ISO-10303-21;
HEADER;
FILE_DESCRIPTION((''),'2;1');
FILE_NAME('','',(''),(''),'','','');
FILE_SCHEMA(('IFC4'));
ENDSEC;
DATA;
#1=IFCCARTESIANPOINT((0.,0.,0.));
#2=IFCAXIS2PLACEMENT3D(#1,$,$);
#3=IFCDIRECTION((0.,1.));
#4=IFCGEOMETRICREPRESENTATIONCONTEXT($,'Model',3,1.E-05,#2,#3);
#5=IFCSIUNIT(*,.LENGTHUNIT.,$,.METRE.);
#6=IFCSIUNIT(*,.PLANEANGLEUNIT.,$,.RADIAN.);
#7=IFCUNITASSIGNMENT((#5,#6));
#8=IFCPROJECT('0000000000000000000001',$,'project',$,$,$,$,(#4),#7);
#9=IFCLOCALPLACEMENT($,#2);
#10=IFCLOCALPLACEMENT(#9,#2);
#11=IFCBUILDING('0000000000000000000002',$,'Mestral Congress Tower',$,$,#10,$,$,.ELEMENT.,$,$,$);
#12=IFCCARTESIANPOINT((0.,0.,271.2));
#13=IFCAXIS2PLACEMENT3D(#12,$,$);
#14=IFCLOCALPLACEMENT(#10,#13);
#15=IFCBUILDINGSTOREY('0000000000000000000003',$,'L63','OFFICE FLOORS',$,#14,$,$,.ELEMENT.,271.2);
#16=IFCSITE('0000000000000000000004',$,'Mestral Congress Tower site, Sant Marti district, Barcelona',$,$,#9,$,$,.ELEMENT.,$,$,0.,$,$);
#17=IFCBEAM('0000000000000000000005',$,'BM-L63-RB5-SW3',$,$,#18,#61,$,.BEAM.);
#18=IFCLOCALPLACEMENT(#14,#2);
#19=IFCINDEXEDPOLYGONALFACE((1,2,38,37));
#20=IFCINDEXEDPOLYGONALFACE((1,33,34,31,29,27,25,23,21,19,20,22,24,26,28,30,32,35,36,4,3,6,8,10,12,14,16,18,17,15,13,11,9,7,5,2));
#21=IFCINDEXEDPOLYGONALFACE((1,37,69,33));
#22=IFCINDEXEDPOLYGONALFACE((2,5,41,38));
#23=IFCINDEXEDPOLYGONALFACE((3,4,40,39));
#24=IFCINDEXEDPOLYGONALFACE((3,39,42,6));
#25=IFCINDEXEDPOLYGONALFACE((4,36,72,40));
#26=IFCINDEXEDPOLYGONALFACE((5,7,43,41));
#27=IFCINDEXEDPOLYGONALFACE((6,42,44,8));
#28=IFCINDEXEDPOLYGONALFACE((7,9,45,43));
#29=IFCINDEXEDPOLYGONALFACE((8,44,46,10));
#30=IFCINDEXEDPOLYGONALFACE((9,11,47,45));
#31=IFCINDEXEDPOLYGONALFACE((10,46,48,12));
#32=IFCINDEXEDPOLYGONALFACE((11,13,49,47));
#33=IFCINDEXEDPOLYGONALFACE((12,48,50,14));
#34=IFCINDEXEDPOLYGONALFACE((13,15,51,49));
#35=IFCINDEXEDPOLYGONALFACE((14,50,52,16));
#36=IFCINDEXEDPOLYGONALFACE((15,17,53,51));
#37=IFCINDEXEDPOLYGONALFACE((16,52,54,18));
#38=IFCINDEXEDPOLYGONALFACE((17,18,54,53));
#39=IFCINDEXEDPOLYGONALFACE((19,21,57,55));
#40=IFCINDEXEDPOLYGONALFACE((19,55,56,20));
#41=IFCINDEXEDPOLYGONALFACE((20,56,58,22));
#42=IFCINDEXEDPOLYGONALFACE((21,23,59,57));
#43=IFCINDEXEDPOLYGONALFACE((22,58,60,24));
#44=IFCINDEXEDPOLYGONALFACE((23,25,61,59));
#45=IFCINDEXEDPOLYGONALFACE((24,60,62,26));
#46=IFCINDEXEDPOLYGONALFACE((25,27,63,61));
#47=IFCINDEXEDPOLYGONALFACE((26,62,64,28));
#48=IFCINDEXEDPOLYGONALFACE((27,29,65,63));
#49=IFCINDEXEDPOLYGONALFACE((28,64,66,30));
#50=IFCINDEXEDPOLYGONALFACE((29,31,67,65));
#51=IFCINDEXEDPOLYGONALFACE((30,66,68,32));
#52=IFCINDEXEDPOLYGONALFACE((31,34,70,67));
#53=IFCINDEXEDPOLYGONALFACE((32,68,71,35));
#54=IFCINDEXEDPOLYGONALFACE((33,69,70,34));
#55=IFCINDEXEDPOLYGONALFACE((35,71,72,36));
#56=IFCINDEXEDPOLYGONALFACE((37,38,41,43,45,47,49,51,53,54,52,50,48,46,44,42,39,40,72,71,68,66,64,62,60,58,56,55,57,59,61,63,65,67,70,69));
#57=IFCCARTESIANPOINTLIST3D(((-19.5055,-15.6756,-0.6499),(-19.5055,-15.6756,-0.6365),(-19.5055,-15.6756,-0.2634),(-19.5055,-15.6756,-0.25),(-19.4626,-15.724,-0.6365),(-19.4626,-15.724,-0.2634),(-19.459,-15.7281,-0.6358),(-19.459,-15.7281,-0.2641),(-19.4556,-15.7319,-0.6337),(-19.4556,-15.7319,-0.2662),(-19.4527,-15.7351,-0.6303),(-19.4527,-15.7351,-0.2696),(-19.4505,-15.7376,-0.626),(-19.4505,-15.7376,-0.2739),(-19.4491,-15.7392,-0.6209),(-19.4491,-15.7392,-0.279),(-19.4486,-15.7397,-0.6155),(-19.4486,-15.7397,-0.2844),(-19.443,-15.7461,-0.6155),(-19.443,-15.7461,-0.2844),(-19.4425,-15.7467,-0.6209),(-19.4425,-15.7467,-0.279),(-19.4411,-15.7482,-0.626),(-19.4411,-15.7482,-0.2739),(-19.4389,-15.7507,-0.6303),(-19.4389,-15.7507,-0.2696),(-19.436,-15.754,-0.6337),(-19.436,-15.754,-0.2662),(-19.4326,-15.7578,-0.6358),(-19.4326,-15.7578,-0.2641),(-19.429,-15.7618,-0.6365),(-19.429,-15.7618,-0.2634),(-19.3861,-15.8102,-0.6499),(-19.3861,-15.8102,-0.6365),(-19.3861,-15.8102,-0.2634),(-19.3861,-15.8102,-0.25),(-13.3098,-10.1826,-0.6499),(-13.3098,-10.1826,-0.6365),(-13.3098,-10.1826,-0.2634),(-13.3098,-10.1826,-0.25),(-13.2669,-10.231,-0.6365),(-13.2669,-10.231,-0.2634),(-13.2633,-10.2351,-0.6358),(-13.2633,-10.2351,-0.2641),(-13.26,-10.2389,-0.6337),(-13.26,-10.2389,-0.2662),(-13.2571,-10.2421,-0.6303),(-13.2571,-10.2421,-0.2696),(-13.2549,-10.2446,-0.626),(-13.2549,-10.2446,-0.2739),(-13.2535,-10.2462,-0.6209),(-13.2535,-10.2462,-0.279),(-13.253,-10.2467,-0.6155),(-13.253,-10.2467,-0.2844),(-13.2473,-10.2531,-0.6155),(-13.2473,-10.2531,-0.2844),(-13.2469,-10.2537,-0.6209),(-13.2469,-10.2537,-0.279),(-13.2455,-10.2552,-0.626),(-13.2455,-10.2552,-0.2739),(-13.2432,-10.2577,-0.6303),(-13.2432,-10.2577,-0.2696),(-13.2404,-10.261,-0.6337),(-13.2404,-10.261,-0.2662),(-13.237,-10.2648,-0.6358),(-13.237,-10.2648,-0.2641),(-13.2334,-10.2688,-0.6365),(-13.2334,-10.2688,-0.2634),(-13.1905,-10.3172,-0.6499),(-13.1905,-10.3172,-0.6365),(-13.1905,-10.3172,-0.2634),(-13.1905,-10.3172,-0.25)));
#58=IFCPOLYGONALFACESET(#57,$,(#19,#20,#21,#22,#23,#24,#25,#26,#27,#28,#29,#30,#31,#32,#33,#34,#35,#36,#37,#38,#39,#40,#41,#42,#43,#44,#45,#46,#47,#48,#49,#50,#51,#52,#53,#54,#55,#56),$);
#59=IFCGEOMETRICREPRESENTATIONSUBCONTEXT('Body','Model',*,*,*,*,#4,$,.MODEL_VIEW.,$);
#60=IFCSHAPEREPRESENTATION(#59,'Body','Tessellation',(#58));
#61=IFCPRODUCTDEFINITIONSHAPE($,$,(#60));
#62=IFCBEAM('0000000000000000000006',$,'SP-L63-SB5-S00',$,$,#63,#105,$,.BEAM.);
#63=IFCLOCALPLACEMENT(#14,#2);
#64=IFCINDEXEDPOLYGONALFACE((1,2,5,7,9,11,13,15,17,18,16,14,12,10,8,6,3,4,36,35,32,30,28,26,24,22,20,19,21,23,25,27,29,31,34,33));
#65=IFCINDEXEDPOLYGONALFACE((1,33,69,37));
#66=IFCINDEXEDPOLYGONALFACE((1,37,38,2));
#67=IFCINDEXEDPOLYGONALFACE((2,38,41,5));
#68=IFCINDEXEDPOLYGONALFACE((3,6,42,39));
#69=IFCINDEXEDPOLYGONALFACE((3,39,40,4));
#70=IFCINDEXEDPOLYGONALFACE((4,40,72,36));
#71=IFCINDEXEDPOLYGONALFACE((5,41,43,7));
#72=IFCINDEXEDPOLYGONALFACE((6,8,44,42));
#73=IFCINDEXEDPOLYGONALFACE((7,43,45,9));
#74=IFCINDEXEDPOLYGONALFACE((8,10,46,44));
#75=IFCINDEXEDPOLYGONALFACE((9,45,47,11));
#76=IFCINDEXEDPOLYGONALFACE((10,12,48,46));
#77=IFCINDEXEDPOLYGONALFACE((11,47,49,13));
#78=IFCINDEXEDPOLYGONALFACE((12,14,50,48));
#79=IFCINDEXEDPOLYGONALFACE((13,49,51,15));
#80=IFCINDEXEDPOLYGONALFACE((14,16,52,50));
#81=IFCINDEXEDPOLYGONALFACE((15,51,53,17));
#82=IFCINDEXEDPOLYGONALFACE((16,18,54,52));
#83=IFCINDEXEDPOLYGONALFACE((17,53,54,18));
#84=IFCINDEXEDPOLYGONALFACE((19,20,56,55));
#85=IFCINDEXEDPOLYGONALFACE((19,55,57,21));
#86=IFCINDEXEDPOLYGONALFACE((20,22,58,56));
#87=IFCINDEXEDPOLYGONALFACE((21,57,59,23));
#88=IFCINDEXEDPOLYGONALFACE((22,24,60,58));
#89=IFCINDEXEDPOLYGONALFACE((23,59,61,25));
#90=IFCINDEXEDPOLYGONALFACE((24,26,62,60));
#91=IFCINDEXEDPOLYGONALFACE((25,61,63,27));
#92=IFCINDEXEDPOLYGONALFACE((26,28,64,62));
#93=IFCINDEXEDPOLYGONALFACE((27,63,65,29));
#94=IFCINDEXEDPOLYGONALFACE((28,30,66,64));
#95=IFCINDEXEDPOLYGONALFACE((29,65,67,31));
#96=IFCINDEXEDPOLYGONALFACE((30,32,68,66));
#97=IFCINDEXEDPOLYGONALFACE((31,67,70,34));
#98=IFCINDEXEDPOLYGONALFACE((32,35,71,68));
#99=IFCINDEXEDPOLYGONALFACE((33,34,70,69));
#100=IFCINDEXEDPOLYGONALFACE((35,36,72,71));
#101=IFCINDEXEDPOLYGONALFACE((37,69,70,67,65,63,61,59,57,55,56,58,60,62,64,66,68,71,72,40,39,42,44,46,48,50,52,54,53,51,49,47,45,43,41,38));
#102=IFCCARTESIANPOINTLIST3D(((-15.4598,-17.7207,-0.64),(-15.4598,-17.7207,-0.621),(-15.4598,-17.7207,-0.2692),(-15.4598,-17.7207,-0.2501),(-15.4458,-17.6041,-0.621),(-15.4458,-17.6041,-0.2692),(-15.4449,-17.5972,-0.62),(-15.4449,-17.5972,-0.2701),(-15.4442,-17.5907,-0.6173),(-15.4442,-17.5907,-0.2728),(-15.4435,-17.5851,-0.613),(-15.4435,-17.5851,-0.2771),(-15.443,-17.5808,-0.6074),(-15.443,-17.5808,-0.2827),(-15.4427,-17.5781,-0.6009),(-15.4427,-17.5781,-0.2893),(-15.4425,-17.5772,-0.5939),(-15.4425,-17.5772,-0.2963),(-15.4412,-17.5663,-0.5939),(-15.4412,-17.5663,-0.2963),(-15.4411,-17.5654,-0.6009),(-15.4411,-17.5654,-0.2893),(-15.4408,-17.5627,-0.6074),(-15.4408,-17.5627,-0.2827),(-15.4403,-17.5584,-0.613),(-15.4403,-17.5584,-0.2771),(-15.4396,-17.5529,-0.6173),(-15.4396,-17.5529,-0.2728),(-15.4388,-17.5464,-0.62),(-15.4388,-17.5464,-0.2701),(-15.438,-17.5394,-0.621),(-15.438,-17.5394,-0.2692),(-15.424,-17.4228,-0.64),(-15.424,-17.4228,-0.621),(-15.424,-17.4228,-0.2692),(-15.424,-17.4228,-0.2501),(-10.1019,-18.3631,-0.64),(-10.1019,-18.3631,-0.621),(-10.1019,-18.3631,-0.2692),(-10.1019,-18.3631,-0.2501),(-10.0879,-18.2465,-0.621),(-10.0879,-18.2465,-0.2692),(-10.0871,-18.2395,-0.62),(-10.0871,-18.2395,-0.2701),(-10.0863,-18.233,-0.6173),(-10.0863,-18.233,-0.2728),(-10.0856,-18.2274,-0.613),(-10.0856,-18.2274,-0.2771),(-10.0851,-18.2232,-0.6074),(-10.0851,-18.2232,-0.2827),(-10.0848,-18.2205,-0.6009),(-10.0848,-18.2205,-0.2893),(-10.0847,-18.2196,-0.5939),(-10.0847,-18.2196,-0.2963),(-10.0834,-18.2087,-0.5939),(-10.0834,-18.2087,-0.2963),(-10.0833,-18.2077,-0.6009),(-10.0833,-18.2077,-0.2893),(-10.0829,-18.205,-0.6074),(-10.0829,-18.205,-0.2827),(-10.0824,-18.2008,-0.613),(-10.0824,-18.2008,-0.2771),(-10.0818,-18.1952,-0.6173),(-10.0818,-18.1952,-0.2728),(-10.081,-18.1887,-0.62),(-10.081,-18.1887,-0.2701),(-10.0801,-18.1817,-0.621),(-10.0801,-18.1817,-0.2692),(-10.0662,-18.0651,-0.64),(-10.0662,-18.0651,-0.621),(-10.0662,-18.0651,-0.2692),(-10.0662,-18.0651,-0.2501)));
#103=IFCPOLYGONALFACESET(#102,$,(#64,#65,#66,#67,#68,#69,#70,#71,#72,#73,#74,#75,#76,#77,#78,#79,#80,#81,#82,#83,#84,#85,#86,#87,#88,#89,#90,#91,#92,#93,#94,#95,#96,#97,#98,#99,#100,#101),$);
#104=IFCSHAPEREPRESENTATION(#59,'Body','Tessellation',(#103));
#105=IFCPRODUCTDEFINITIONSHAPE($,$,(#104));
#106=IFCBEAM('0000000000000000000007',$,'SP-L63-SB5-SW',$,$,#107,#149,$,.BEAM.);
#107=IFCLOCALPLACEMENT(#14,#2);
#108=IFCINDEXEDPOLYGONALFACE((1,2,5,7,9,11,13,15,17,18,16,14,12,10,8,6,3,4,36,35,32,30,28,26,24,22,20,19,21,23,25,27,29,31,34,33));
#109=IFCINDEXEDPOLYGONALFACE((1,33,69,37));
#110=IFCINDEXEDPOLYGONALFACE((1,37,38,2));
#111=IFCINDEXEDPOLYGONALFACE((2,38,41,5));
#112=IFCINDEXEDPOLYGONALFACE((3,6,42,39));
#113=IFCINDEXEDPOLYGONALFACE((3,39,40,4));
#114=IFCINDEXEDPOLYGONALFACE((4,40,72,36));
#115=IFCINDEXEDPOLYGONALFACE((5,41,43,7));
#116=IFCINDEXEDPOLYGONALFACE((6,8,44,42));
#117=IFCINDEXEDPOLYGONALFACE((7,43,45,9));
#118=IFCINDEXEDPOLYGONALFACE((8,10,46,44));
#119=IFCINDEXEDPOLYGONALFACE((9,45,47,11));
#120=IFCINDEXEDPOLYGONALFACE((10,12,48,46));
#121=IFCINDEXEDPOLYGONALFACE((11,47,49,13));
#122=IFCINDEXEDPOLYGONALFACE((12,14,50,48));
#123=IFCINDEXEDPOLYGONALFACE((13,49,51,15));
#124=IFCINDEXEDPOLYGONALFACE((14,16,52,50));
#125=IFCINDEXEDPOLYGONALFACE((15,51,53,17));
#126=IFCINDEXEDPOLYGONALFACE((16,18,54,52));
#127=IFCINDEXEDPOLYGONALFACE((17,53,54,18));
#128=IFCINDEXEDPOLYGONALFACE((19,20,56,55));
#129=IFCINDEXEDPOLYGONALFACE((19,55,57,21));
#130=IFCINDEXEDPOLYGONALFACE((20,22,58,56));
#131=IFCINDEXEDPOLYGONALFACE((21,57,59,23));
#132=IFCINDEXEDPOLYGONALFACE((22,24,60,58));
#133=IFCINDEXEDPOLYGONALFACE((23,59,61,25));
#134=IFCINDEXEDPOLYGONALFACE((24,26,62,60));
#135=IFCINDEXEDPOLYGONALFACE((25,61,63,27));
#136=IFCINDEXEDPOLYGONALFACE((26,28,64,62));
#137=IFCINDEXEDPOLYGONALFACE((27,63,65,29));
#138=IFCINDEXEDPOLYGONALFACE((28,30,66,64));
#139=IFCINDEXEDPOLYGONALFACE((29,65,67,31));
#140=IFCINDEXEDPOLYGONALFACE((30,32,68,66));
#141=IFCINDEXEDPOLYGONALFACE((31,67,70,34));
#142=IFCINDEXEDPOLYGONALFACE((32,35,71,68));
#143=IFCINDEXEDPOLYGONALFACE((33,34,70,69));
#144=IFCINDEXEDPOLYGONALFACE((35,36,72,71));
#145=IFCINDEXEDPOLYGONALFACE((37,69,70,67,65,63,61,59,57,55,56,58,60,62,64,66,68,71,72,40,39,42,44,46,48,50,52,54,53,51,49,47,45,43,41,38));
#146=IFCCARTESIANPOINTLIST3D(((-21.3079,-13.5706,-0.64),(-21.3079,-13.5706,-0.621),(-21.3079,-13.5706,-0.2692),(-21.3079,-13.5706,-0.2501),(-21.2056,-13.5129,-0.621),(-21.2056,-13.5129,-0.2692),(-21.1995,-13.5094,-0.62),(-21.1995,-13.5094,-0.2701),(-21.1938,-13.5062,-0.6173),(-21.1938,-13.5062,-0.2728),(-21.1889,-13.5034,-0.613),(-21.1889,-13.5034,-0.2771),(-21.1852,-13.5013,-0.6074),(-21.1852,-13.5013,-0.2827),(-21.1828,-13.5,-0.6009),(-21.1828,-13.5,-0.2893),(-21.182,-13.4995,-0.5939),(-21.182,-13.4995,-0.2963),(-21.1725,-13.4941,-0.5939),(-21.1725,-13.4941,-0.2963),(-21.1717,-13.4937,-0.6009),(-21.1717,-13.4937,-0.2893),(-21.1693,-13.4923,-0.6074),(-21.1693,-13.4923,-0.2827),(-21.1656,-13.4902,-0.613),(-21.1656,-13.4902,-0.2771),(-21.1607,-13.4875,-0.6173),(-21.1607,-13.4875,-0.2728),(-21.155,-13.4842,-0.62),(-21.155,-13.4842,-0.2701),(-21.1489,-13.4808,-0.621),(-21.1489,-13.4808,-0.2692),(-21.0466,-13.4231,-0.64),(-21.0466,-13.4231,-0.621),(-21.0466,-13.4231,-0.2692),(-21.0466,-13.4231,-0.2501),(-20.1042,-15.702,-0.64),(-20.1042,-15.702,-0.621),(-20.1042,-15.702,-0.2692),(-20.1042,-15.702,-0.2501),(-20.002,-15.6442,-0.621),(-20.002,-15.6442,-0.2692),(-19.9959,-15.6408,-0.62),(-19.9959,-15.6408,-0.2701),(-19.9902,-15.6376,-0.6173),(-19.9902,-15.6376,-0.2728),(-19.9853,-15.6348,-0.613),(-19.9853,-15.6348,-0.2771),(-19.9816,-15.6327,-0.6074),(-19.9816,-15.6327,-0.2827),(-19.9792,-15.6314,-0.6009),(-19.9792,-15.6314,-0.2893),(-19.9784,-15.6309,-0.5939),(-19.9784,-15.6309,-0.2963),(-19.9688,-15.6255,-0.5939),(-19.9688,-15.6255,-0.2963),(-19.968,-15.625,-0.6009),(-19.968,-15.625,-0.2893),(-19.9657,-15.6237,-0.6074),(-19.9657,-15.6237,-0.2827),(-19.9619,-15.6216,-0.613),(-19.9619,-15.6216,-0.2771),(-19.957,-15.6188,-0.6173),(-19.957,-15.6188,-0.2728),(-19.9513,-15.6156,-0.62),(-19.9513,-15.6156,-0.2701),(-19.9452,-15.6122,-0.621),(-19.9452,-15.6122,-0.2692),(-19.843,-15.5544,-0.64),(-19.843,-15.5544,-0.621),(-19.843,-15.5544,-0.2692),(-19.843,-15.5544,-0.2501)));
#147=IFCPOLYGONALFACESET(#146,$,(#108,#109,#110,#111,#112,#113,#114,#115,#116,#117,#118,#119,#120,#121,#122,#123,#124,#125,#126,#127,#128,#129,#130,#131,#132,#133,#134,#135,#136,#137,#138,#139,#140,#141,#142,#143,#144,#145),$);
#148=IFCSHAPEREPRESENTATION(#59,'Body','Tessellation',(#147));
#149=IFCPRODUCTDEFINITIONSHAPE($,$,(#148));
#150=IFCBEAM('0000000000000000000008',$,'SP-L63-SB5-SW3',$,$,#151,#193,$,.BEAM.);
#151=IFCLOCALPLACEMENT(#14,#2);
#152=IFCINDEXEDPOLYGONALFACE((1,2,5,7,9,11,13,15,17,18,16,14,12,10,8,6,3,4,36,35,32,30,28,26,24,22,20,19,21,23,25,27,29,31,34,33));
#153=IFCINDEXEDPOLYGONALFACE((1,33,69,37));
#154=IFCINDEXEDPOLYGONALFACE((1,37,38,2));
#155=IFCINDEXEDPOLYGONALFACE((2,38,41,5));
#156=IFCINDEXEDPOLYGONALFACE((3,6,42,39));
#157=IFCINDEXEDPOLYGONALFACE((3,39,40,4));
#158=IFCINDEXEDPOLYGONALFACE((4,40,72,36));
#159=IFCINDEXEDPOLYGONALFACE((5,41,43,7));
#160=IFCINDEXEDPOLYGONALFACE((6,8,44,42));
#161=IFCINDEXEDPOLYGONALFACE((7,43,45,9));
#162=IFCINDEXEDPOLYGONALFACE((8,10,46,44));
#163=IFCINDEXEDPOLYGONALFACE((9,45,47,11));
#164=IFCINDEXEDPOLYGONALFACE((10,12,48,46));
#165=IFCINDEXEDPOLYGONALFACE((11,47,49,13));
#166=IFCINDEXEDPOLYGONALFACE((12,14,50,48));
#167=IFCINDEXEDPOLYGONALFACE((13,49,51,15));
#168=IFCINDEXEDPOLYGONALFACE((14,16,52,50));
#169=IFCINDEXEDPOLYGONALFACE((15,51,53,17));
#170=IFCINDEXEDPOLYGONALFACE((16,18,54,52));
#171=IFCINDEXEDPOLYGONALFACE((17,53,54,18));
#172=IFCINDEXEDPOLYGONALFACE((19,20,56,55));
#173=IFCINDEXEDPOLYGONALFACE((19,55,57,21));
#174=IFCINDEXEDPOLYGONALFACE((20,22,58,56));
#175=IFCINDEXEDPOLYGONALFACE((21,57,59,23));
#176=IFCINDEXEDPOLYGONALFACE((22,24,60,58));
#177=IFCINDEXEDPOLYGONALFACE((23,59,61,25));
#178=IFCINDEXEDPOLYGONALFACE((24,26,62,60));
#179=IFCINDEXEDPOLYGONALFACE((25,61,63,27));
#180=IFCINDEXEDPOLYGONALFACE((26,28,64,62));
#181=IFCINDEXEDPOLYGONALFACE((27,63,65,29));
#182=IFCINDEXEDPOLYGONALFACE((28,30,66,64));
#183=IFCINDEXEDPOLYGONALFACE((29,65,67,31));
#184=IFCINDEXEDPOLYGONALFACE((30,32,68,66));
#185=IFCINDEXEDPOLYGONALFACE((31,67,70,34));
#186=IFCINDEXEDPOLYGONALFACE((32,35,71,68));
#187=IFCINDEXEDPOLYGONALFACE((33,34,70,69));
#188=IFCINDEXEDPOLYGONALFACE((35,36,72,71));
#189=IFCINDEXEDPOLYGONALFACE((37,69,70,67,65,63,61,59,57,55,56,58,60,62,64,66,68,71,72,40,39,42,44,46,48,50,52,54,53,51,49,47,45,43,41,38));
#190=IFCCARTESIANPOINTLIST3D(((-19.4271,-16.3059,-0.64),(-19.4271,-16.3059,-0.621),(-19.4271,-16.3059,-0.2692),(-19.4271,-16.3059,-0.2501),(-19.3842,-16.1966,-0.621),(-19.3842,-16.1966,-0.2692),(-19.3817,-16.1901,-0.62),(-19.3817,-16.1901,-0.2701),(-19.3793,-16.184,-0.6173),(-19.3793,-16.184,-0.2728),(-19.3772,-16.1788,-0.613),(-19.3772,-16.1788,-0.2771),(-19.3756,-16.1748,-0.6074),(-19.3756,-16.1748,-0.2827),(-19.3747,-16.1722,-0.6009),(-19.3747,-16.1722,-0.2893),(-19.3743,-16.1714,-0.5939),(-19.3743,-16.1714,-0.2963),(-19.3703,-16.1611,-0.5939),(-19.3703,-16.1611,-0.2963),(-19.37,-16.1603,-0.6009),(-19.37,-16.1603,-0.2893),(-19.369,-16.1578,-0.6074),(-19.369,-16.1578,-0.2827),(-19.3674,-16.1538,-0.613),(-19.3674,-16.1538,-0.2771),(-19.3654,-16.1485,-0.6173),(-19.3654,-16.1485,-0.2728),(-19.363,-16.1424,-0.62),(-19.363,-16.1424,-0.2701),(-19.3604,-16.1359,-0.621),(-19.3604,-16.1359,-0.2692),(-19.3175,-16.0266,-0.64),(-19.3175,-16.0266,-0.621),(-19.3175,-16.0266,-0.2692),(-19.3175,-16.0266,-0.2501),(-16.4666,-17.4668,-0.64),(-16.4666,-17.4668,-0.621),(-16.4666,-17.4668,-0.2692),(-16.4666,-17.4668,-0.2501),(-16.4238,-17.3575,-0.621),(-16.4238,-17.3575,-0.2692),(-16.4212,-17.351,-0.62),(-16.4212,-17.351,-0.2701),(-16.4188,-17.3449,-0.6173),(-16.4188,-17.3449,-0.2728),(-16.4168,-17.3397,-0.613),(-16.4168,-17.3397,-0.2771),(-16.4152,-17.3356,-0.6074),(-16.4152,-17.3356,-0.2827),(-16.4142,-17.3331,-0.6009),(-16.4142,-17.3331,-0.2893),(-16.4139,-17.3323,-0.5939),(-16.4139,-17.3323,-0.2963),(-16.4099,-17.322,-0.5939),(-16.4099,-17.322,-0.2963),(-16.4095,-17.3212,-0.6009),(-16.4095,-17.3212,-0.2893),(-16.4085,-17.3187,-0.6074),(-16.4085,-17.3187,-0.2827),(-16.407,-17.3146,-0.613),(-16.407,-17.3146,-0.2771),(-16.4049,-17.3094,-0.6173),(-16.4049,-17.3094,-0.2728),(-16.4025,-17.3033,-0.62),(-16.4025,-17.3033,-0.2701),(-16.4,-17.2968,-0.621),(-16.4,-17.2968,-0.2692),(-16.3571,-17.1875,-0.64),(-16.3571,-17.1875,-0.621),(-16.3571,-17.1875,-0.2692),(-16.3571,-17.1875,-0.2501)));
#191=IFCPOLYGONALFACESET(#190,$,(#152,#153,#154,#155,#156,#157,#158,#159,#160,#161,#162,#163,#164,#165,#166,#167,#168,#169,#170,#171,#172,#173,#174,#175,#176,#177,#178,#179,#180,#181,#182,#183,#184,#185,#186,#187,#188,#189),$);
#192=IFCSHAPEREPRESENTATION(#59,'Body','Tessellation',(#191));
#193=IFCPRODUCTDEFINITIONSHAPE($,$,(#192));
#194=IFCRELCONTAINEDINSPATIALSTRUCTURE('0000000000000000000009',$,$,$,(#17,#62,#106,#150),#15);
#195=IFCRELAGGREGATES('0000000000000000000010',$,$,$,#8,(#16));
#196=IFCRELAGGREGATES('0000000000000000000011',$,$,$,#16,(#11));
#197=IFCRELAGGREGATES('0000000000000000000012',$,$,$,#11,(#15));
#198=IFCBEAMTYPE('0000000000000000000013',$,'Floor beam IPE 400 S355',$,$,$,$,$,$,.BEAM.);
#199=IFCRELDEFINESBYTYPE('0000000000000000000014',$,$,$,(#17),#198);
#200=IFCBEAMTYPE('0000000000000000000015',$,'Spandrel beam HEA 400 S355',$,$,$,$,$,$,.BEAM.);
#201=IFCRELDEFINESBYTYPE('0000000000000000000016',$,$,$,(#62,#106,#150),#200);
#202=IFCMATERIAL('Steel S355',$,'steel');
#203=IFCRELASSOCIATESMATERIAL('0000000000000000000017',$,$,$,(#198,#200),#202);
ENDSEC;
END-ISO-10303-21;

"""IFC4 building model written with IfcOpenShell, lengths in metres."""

from ifc_helpers import new_model, si_unit, direction, frame, origin, origin_2d, place, context, subcontext, project, spatial, i_section, extrude, material, material_profile, profile_set, type_object, element, save


model = new_model("IFC4")

# Units and contexts
model_context = context("Model", 3, precision=1e-05, world=origin(), true_north=direction((0.0, 1.0)))
body_context = subcontext(model_context, "Body", "Model", "MODEL_VIEW")
ifc_project = project(units=[si_unit("LENGTHUNIT", "METRE"), si_unit("PLANEANGLEUNIT", "RADIAN")], contexts=[model_context])

# Site, building, storey
site_placement = place(None, origin())
site = spatial("IfcSite", under=ifc_project, at=site_placement, Name="Mestral Congress Tower site, Sant Marti district, Barcelona", CompositionType="ELEMENT", RefElevation=0.0)
building_placement = place(site_placement, origin())
building = spatial("IfcBuilding", under=site, at=building_placement, Name="Mestral Congress Tower", CompositionType="ELEMENT")
storey_placement = place(building_placement, frame((0.0, 0.0, 271.2)))
storey = spatial("IfcBuildingStorey", under=building, at=storey_placement, Name="L63", Description="OFFICE FLOORS", CompositionType="ELEMENT", Elevation=271.2)

# Beams
ifc_material_1 = material(Name="Steel S355", Category="steel")
ifc_material_profile_1 = material_profile(ifc_material_1, i_section(OverallWidth=0.1799, OverallDepth=0.3999, WebThickness=0.0085, FlangeThickness=0.0134, FilletRadius=0.021, at=origin_2d()), Name="IPE 400")
ifc_profile_set_1 = profile_set([ifc_material_profile_1], Name="Steel S355")
beam_type_1 = type_object("IfcBeamType", Name="Floor beam IPE 400 S355", PredefinedType="BEAM", material=ifc_profile_set_1)
beam_1_placement = place(storey_placement, frame((-19.4458, -15.7429, -0.45), z_axis=(0.748263, 0.663402, 0.0), x_axis=(-0.663402, 0.748263, 0.0)))
element("IfcBeam", 1, at=beam_1_placement, inside=storey, type_object=beam_type_1, Name="BM-L63-RB5-SW3", PredefinedType="BEAM", context=body_context, shape_type="SweptSolid", body=[
    extrude(i_section(OverallWidth=0.1799, OverallDepth=0.3999, WebThickness=0.0085, FlangeThickness=0.0134, FilletRadius=0.021, at=origin_2d()), origin(), (0.0, 0.0, 1.0), 8.28),
])
ifc_material_profile_2 = material_profile(ifc_material_1, i_section(OverallWidth=0.3, OverallDepth=0.3899, WebThickness=0.011, FlangeThickness=0.019, FilletRadius=0.0271, at=origin_2d()), Name="HEA 400")
ifc_profile_set_2 = profile_set([ifc_material_profile_2], Name="Steel S355")
beam_type_2 = type_object("IfcBeamType", Name="Spandrel beam HEA 400 S355", PredefinedType="BEAM", material=ifc_profile_set_2)
beam_2_placement = place(storey_placement, frame((-15.4419, -17.5718, -0.4451), z_axis=(0.99289, -0.119033, 0.0), x_axis=(0.119033, 0.99289, 0.0)))
element("IfcBeam", 2, at=beam_2_placement, inside=storey, type_object=beam_type_2, Name="SP-L63-SB5-S00", PredefinedType="BEAM", context=body_context, shape_type="SweptSolid", body=[
    extrude(i_section(OverallWidth=0.3, OverallDepth=0.3899, WebThickness=0.011, FlangeThickness=0.019, FilletRadius=0.0271, at=origin_2d()), origin(), (0.0, 0.0, 1.0), 5.3962),
])
beam_3_placement = place(storey_placement, frame((-21.1772, -13.4968, -0.4451), z_axis=(0.491729, -0.870749, 0.0), x_axis=(0.870749, 0.491729, 0.0)))
element("IfcBeam", 3, at=beam_3_placement, inside=storey, type_object=beam_type_2, Name="SP-L63-SB5-SW", PredefinedType="BEAM", context=body_context, shape_type="SweptSolid", body=[
    extrude(i_section(OverallWidth=0.3, OverallDepth=0.3899, WebThickness=0.011, FlangeThickness=0.019, FilletRadius=0.0271, at=origin_2d()), origin(), (0.0, 0.0, 1.0), 2.4478),
])
beam_4_placement = place(storey_placement, frame((-19.3723, -16.1663, -0.4451), z_axis=(0.930981, -0.365068, 0.0), x_axis=(0.365068, 0.930981, 0.0)))
element("IfcBeam", 4, at=beam_4_placement, inside=storey, type_object=beam_type_2, Name="SP-L63-SB5-SW3", PredefinedType="BEAM", context=body_context, shape_type="SweptSolid", body=[
    extrude(i_section(OverallWidth=0.3, OverallDepth=0.3899, WebThickness=0.011, FlangeThickness=0.019, FilletRadius=0.0271, at=origin_2d()), origin(), (0.0, 0.0, 1.0), 3.1799),
])

save(model, "model.ifc")
